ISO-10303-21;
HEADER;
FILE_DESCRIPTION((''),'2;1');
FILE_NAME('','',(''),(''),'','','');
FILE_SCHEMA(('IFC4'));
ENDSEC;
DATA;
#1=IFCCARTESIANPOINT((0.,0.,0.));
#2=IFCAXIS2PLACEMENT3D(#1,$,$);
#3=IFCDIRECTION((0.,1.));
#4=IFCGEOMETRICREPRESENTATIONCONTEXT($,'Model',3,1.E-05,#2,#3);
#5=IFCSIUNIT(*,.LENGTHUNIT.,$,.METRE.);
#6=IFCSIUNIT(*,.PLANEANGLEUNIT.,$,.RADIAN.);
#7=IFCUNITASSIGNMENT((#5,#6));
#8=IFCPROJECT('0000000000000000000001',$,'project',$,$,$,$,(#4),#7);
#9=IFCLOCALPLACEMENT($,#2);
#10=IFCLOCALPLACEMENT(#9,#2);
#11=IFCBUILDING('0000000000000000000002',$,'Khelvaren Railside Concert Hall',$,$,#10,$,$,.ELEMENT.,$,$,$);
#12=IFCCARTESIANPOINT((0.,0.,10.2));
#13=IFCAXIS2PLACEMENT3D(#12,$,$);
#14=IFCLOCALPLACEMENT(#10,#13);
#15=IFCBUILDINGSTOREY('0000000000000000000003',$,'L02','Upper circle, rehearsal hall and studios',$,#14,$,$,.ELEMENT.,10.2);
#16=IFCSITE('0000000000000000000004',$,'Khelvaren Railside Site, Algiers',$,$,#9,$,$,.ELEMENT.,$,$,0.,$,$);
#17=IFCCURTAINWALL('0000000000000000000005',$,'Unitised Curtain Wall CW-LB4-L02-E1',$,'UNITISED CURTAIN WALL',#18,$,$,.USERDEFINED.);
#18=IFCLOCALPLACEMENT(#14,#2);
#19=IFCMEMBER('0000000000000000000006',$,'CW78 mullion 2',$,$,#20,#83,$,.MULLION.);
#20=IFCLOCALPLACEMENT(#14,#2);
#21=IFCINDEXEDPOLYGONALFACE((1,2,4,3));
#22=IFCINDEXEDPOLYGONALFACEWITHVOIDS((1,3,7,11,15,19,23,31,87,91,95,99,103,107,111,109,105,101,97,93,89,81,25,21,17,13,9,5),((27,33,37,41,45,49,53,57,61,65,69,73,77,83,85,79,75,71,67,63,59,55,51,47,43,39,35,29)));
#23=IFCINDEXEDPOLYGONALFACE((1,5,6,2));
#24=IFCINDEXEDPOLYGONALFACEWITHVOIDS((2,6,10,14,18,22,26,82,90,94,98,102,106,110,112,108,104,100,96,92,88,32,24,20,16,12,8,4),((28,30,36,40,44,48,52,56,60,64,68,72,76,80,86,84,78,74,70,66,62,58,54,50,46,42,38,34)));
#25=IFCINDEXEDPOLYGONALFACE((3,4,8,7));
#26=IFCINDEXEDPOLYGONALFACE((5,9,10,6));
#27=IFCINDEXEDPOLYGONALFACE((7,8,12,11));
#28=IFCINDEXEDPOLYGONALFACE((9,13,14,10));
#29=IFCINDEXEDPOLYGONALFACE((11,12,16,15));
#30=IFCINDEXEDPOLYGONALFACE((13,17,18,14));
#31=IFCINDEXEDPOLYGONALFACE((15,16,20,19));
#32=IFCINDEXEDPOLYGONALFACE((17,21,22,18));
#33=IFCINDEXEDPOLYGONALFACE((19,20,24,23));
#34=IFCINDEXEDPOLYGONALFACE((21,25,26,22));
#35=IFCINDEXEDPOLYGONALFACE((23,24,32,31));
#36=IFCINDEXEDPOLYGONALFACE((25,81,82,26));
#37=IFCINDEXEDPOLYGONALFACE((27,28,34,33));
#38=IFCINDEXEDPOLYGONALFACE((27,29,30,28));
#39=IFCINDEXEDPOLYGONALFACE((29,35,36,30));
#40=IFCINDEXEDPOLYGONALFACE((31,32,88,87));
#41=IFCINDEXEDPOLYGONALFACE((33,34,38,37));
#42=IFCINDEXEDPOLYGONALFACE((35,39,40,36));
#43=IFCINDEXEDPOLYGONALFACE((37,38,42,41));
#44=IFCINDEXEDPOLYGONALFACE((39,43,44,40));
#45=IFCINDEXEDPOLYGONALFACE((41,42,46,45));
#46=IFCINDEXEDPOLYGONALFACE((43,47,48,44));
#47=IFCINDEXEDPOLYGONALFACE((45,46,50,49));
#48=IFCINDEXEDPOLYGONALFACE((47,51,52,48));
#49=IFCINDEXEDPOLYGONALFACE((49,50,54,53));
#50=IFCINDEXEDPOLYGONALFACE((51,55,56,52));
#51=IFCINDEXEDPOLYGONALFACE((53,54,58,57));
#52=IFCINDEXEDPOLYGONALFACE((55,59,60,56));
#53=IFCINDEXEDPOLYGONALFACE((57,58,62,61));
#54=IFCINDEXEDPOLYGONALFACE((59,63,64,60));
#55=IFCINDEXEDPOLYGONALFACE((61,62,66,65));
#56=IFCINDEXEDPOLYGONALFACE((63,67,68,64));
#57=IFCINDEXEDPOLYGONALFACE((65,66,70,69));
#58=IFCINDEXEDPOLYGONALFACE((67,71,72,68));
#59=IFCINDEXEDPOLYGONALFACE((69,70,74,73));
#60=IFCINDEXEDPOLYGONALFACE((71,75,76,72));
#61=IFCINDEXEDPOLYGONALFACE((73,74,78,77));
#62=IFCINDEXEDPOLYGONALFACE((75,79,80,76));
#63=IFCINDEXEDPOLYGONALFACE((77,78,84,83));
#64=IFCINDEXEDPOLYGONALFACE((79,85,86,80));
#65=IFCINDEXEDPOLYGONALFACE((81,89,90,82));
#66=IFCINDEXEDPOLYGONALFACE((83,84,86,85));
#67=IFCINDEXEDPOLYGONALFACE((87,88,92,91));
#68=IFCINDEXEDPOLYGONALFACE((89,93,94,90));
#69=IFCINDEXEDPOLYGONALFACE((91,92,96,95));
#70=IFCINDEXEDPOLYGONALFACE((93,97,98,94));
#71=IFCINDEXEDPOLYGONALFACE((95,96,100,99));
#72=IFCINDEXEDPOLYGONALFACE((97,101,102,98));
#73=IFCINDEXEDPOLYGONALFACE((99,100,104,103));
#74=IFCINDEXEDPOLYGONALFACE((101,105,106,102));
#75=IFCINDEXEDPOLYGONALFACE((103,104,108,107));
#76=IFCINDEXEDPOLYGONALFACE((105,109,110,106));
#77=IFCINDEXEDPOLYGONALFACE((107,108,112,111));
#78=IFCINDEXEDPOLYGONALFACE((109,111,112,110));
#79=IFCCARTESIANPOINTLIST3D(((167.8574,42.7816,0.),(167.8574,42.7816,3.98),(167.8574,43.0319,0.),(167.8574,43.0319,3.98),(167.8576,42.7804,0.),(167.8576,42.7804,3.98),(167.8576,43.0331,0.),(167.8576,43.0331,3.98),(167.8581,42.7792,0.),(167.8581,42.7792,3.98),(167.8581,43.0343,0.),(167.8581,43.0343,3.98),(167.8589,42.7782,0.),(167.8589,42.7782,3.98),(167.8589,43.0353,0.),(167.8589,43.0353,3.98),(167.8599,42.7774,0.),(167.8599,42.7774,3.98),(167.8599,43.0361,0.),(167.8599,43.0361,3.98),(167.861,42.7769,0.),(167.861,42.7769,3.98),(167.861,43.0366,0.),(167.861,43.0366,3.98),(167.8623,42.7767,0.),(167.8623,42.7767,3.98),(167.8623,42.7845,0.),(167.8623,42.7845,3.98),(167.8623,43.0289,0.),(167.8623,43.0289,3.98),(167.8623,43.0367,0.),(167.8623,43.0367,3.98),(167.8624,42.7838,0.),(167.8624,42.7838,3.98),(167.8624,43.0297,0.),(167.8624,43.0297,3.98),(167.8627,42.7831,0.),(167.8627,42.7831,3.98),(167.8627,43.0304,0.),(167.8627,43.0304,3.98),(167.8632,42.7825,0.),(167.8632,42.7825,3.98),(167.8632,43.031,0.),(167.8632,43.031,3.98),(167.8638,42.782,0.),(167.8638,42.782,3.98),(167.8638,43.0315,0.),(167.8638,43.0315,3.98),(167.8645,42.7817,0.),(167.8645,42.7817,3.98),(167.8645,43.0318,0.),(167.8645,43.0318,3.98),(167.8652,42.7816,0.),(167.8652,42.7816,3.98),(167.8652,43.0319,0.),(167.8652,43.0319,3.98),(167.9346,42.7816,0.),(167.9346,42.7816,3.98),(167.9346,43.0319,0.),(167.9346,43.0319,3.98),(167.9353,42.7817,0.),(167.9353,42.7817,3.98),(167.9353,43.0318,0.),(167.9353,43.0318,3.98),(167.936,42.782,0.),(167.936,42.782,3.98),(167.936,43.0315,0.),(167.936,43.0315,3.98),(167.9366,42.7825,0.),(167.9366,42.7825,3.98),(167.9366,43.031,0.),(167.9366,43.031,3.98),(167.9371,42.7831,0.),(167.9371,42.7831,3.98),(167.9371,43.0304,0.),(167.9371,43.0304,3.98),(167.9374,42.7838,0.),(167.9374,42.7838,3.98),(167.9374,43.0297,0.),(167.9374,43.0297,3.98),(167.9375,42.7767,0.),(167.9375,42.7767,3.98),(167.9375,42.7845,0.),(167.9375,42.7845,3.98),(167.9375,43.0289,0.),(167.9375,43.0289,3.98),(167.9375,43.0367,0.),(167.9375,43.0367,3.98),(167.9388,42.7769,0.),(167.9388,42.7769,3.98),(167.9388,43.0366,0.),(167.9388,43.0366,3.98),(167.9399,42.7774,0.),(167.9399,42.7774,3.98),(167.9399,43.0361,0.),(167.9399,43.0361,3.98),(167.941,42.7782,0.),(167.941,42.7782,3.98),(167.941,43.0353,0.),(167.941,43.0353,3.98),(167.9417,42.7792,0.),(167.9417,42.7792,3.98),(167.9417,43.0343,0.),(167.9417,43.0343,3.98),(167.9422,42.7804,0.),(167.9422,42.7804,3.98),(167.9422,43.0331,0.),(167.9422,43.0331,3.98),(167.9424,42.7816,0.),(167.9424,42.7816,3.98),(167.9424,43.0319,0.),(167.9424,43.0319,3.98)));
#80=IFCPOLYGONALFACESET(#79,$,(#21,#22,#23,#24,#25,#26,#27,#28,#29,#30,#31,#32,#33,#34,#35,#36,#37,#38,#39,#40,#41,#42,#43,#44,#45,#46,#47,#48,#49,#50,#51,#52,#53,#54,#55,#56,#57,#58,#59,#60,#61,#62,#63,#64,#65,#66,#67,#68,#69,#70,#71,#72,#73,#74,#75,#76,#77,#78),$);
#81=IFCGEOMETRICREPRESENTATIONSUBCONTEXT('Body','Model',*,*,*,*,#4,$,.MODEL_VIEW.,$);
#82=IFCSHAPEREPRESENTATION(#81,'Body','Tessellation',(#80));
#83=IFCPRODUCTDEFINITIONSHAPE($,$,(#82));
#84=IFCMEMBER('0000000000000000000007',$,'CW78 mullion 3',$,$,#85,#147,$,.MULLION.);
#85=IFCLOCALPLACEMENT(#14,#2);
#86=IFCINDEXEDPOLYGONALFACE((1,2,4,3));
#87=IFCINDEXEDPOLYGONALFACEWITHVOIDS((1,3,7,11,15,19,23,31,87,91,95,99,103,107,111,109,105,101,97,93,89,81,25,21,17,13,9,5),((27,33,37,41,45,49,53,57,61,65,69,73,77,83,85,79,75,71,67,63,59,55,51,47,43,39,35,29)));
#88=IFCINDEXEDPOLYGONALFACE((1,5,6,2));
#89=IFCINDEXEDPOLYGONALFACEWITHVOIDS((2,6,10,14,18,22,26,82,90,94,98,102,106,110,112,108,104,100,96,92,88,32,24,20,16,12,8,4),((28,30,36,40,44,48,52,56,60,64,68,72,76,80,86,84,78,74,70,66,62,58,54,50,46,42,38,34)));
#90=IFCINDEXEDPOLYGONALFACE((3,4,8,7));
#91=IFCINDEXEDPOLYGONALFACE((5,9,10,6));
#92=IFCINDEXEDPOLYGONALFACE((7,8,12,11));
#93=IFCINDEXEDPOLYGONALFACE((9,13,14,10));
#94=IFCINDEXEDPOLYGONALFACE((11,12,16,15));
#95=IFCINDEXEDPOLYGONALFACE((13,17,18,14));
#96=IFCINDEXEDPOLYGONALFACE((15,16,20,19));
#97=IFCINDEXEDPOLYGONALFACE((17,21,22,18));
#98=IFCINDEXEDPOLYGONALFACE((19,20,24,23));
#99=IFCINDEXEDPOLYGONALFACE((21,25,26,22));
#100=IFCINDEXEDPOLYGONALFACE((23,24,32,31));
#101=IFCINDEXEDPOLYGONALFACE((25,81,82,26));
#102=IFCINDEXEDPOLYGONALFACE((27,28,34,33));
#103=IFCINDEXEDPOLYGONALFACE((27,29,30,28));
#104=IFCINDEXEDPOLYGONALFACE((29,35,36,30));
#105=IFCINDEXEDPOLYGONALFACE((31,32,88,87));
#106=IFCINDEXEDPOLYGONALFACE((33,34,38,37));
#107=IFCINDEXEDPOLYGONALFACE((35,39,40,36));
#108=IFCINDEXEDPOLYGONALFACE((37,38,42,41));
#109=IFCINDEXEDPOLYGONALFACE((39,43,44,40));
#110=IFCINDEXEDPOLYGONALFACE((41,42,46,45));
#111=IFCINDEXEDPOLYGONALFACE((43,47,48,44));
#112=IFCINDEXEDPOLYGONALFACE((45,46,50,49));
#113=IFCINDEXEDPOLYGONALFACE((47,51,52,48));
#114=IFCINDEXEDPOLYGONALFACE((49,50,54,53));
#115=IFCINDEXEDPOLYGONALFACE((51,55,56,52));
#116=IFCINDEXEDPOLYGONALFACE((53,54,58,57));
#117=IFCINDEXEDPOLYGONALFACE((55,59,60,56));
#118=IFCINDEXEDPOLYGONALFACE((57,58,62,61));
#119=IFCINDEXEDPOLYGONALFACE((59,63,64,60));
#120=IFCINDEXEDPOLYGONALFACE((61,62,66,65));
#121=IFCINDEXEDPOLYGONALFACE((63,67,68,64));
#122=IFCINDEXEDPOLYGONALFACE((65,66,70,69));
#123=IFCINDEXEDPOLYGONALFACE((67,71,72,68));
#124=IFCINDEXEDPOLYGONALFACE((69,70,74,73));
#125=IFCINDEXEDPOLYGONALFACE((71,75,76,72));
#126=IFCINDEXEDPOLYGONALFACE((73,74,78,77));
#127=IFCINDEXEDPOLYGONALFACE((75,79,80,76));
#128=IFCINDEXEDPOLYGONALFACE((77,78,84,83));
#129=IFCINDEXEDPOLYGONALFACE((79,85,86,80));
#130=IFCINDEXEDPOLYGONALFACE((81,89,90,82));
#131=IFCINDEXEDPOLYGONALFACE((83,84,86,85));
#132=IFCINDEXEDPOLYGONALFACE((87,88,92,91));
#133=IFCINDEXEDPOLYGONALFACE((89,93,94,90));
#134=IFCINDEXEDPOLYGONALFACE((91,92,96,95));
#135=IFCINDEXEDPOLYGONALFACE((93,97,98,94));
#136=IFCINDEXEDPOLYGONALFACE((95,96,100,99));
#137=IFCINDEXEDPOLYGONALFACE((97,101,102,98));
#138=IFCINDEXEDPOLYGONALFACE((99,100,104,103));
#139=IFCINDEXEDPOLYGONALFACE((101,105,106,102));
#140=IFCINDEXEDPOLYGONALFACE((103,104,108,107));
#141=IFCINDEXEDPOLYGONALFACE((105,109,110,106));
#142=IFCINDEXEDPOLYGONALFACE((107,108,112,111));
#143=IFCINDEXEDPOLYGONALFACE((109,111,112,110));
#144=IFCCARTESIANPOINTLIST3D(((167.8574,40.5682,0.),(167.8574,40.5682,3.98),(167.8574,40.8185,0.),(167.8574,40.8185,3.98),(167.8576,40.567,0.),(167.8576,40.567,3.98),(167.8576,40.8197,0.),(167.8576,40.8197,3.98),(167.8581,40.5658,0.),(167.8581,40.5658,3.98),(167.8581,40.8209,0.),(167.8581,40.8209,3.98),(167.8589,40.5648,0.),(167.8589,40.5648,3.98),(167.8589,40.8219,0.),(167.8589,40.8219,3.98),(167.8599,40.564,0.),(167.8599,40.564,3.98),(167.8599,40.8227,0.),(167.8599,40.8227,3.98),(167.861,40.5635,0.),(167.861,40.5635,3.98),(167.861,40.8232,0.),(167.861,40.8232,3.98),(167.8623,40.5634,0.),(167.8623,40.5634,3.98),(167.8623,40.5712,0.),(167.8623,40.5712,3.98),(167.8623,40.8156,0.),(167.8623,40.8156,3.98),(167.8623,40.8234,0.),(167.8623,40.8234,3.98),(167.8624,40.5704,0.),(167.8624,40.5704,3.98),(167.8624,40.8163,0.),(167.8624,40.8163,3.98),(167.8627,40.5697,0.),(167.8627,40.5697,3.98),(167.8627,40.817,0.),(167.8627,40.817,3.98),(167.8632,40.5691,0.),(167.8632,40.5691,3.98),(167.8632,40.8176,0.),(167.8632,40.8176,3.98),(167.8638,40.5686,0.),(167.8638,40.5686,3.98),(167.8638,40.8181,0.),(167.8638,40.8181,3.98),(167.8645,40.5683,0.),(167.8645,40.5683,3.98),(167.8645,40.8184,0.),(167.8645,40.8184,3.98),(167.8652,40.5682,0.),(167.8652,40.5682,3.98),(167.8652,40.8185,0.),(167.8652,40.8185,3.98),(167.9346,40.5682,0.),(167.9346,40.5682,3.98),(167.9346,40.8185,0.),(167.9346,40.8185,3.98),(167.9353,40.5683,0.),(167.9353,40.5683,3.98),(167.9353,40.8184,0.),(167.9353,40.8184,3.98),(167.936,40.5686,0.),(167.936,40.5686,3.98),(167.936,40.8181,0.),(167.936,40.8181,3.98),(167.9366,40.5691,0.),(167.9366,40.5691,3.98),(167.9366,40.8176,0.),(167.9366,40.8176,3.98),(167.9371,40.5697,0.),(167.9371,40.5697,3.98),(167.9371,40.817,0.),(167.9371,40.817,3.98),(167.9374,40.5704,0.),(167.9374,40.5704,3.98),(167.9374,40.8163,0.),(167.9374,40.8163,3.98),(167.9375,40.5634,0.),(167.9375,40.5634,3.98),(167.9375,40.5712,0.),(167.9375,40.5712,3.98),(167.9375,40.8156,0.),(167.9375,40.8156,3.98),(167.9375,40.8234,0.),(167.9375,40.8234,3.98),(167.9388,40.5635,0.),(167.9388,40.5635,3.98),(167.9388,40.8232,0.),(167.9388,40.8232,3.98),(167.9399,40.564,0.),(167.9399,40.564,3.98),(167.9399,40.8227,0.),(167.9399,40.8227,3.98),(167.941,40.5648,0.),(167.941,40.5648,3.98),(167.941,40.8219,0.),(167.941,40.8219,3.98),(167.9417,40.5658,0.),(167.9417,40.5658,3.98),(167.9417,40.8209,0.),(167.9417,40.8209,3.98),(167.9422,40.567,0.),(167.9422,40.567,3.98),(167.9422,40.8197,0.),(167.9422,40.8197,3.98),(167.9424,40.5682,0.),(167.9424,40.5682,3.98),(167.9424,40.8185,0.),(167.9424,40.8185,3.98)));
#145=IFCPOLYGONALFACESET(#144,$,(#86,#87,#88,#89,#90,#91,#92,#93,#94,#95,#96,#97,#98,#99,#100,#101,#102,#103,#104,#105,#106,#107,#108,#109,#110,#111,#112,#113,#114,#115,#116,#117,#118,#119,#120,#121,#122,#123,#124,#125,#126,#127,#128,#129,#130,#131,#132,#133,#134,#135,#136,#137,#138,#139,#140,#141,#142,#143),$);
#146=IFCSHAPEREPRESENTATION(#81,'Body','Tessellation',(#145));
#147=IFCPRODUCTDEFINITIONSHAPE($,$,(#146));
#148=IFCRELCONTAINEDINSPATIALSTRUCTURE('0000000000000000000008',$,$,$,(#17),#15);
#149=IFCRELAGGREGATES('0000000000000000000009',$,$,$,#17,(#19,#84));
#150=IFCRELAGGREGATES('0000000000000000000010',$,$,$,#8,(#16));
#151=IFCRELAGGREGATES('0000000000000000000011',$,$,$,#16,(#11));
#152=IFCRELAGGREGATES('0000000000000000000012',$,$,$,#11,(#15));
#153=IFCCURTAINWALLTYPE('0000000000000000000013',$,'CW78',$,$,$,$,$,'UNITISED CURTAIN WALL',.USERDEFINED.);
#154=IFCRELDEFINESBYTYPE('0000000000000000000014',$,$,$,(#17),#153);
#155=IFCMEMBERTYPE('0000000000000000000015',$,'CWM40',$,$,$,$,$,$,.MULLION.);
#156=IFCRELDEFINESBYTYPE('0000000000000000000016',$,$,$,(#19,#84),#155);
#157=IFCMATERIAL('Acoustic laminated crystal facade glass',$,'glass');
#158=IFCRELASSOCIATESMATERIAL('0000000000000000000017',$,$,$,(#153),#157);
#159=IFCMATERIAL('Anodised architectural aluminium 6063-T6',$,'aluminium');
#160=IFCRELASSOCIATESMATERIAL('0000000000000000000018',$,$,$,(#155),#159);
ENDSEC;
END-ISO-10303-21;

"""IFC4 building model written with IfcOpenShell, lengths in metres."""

from ifc_helpers import new_model, si_unit, direction, frame, origin, origin_2d, place, context, subcontext, project, spatial, hollow_rectangle, extrude, material, material_profile, profile_set, type_object, element, aggregate, save


model = new_model("IFC4")

# Units and contexts
model_context = context("Model", 3, precision=1e-05, world=origin(), true_north=direction((0.0, 1.0)))
body_context = subcontext(model_context, "Body", "Model", "MODEL_VIEW")
ifc_project = project(units=[si_unit("LENGTHUNIT", "METRE"), si_unit("PLANEANGLEUNIT", "RADIAN")], contexts=[model_context])

# Site, building, storey
site_placement = place(None, origin())
site = spatial("IfcSite", under=ifc_project, at=site_placement, Name="Khelvaren Railside Site, Algiers", CompositionType="ELEMENT", RefElevation=0.0)
building_placement = place(site_placement, origin())
building = spatial("IfcBuilding", under=site, at=building_placement, Name="Khelvaren Railside Concert Hall", CompositionType="ELEMENT")
storey_placement = place(building_placement, frame((0.0, 0.0, 10.2)))
storey = spatial("IfcBuildingStorey", under=building, at=storey_placement, Name="L02", Description="Upper circle, rehearsal hall and studios", CompositionType="ELEMENT", Elevation=10.2)

# Curtain wall, members
ifc_material_1 = material(Name="Acoustic laminated crystal facade glass", Category="glass")
curtain_wall_type = type_object("IfcCurtainWallType", Name="CW78", ElementType="UNITISED CURTAIN WALL", PredefinedType="USERDEFINED", material=ifc_material_1)
curtain_wall_placement = place(storey_placement, origin())
curtain_wall = element("IfcCurtainWall", 1, at=curtain_wall_placement, inside=storey, type_object=curtain_wall_type, Name="Unitised Curtain Wall CW-LB4-L02-E1", ObjectType="UNITISED CURTAIN WALL", PredefinedType="USERDEFINED")
ifc_material_2 = material(Name="Anodised architectural aluminium 6063-T6", Category="aluminium")
ifc_material_profile_1 = material_profile(ifc_material_2, hollow_rectangle(XDim=0.085, YDim=0.26, WallThickness=0.0049, InnerFilletRadius=0.0029, OuterFilletRadius=0.0049, at=origin_2d()), Name="CWM 85x260x5")
ifc_profile_set_1 = profile_set([ifc_material_profile_1], Name="Anodised architectural aluminium 6063-T6")
member_type_1 = type_object("IfcMemberType", Name="CWM40", PredefinedType="MULLION", material=ifc_profile_set_1)
member_1_placement = place(storey_placement, frame((167.8999, 42.9067, 0.0), z_axis=(0.0, 0.0, 1.0), x_axis=(1.0, 0.0, 0.0)))
member_1 = element("IfcMember", 2, at=member_1_placement, type_object=member_type_1, Name="CW78 mullion 2", PredefinedType="MULLION", context=body_context, shape_type="SweptSolid", body=[
    extrude(hollow_rectangle(XDim=0.085, YDim=0.26, WallThickness=0.0049, InnerFilletRadius=0.0029, OuterFilletRadius=0.0049, at=origin_2d()), origin(), (0.0, 0.0, 1.0), 3.98),
])
member_2_placement = place(storey_placement, frame((167.8999, 40.6934, 0.0), z_axis=(0.0, 0.0, 1.0), x_axis=(1.0, 0.0, 0.0)))
member_2 = element("IfcMember", 3, at=member_2_placement, type_object=member_type_1, Name="CW78 mullion 3", PredefinedType="MULLION", context=body_context, shape_type="SweptSolid", body=[
    extrude(hollow_rectangle(XDim=0.085, YDim=0.26, WallThickness=0.0049, InnerFilletRadius=0.0029, OuterFilletRadius=0.0049, at=origin_2d()), origin(), (0.0, 0.0, 1.0), 3.98),
])

aggregate(curtain_wall, [member_1, member_2])

save(model, "model.ifc")
